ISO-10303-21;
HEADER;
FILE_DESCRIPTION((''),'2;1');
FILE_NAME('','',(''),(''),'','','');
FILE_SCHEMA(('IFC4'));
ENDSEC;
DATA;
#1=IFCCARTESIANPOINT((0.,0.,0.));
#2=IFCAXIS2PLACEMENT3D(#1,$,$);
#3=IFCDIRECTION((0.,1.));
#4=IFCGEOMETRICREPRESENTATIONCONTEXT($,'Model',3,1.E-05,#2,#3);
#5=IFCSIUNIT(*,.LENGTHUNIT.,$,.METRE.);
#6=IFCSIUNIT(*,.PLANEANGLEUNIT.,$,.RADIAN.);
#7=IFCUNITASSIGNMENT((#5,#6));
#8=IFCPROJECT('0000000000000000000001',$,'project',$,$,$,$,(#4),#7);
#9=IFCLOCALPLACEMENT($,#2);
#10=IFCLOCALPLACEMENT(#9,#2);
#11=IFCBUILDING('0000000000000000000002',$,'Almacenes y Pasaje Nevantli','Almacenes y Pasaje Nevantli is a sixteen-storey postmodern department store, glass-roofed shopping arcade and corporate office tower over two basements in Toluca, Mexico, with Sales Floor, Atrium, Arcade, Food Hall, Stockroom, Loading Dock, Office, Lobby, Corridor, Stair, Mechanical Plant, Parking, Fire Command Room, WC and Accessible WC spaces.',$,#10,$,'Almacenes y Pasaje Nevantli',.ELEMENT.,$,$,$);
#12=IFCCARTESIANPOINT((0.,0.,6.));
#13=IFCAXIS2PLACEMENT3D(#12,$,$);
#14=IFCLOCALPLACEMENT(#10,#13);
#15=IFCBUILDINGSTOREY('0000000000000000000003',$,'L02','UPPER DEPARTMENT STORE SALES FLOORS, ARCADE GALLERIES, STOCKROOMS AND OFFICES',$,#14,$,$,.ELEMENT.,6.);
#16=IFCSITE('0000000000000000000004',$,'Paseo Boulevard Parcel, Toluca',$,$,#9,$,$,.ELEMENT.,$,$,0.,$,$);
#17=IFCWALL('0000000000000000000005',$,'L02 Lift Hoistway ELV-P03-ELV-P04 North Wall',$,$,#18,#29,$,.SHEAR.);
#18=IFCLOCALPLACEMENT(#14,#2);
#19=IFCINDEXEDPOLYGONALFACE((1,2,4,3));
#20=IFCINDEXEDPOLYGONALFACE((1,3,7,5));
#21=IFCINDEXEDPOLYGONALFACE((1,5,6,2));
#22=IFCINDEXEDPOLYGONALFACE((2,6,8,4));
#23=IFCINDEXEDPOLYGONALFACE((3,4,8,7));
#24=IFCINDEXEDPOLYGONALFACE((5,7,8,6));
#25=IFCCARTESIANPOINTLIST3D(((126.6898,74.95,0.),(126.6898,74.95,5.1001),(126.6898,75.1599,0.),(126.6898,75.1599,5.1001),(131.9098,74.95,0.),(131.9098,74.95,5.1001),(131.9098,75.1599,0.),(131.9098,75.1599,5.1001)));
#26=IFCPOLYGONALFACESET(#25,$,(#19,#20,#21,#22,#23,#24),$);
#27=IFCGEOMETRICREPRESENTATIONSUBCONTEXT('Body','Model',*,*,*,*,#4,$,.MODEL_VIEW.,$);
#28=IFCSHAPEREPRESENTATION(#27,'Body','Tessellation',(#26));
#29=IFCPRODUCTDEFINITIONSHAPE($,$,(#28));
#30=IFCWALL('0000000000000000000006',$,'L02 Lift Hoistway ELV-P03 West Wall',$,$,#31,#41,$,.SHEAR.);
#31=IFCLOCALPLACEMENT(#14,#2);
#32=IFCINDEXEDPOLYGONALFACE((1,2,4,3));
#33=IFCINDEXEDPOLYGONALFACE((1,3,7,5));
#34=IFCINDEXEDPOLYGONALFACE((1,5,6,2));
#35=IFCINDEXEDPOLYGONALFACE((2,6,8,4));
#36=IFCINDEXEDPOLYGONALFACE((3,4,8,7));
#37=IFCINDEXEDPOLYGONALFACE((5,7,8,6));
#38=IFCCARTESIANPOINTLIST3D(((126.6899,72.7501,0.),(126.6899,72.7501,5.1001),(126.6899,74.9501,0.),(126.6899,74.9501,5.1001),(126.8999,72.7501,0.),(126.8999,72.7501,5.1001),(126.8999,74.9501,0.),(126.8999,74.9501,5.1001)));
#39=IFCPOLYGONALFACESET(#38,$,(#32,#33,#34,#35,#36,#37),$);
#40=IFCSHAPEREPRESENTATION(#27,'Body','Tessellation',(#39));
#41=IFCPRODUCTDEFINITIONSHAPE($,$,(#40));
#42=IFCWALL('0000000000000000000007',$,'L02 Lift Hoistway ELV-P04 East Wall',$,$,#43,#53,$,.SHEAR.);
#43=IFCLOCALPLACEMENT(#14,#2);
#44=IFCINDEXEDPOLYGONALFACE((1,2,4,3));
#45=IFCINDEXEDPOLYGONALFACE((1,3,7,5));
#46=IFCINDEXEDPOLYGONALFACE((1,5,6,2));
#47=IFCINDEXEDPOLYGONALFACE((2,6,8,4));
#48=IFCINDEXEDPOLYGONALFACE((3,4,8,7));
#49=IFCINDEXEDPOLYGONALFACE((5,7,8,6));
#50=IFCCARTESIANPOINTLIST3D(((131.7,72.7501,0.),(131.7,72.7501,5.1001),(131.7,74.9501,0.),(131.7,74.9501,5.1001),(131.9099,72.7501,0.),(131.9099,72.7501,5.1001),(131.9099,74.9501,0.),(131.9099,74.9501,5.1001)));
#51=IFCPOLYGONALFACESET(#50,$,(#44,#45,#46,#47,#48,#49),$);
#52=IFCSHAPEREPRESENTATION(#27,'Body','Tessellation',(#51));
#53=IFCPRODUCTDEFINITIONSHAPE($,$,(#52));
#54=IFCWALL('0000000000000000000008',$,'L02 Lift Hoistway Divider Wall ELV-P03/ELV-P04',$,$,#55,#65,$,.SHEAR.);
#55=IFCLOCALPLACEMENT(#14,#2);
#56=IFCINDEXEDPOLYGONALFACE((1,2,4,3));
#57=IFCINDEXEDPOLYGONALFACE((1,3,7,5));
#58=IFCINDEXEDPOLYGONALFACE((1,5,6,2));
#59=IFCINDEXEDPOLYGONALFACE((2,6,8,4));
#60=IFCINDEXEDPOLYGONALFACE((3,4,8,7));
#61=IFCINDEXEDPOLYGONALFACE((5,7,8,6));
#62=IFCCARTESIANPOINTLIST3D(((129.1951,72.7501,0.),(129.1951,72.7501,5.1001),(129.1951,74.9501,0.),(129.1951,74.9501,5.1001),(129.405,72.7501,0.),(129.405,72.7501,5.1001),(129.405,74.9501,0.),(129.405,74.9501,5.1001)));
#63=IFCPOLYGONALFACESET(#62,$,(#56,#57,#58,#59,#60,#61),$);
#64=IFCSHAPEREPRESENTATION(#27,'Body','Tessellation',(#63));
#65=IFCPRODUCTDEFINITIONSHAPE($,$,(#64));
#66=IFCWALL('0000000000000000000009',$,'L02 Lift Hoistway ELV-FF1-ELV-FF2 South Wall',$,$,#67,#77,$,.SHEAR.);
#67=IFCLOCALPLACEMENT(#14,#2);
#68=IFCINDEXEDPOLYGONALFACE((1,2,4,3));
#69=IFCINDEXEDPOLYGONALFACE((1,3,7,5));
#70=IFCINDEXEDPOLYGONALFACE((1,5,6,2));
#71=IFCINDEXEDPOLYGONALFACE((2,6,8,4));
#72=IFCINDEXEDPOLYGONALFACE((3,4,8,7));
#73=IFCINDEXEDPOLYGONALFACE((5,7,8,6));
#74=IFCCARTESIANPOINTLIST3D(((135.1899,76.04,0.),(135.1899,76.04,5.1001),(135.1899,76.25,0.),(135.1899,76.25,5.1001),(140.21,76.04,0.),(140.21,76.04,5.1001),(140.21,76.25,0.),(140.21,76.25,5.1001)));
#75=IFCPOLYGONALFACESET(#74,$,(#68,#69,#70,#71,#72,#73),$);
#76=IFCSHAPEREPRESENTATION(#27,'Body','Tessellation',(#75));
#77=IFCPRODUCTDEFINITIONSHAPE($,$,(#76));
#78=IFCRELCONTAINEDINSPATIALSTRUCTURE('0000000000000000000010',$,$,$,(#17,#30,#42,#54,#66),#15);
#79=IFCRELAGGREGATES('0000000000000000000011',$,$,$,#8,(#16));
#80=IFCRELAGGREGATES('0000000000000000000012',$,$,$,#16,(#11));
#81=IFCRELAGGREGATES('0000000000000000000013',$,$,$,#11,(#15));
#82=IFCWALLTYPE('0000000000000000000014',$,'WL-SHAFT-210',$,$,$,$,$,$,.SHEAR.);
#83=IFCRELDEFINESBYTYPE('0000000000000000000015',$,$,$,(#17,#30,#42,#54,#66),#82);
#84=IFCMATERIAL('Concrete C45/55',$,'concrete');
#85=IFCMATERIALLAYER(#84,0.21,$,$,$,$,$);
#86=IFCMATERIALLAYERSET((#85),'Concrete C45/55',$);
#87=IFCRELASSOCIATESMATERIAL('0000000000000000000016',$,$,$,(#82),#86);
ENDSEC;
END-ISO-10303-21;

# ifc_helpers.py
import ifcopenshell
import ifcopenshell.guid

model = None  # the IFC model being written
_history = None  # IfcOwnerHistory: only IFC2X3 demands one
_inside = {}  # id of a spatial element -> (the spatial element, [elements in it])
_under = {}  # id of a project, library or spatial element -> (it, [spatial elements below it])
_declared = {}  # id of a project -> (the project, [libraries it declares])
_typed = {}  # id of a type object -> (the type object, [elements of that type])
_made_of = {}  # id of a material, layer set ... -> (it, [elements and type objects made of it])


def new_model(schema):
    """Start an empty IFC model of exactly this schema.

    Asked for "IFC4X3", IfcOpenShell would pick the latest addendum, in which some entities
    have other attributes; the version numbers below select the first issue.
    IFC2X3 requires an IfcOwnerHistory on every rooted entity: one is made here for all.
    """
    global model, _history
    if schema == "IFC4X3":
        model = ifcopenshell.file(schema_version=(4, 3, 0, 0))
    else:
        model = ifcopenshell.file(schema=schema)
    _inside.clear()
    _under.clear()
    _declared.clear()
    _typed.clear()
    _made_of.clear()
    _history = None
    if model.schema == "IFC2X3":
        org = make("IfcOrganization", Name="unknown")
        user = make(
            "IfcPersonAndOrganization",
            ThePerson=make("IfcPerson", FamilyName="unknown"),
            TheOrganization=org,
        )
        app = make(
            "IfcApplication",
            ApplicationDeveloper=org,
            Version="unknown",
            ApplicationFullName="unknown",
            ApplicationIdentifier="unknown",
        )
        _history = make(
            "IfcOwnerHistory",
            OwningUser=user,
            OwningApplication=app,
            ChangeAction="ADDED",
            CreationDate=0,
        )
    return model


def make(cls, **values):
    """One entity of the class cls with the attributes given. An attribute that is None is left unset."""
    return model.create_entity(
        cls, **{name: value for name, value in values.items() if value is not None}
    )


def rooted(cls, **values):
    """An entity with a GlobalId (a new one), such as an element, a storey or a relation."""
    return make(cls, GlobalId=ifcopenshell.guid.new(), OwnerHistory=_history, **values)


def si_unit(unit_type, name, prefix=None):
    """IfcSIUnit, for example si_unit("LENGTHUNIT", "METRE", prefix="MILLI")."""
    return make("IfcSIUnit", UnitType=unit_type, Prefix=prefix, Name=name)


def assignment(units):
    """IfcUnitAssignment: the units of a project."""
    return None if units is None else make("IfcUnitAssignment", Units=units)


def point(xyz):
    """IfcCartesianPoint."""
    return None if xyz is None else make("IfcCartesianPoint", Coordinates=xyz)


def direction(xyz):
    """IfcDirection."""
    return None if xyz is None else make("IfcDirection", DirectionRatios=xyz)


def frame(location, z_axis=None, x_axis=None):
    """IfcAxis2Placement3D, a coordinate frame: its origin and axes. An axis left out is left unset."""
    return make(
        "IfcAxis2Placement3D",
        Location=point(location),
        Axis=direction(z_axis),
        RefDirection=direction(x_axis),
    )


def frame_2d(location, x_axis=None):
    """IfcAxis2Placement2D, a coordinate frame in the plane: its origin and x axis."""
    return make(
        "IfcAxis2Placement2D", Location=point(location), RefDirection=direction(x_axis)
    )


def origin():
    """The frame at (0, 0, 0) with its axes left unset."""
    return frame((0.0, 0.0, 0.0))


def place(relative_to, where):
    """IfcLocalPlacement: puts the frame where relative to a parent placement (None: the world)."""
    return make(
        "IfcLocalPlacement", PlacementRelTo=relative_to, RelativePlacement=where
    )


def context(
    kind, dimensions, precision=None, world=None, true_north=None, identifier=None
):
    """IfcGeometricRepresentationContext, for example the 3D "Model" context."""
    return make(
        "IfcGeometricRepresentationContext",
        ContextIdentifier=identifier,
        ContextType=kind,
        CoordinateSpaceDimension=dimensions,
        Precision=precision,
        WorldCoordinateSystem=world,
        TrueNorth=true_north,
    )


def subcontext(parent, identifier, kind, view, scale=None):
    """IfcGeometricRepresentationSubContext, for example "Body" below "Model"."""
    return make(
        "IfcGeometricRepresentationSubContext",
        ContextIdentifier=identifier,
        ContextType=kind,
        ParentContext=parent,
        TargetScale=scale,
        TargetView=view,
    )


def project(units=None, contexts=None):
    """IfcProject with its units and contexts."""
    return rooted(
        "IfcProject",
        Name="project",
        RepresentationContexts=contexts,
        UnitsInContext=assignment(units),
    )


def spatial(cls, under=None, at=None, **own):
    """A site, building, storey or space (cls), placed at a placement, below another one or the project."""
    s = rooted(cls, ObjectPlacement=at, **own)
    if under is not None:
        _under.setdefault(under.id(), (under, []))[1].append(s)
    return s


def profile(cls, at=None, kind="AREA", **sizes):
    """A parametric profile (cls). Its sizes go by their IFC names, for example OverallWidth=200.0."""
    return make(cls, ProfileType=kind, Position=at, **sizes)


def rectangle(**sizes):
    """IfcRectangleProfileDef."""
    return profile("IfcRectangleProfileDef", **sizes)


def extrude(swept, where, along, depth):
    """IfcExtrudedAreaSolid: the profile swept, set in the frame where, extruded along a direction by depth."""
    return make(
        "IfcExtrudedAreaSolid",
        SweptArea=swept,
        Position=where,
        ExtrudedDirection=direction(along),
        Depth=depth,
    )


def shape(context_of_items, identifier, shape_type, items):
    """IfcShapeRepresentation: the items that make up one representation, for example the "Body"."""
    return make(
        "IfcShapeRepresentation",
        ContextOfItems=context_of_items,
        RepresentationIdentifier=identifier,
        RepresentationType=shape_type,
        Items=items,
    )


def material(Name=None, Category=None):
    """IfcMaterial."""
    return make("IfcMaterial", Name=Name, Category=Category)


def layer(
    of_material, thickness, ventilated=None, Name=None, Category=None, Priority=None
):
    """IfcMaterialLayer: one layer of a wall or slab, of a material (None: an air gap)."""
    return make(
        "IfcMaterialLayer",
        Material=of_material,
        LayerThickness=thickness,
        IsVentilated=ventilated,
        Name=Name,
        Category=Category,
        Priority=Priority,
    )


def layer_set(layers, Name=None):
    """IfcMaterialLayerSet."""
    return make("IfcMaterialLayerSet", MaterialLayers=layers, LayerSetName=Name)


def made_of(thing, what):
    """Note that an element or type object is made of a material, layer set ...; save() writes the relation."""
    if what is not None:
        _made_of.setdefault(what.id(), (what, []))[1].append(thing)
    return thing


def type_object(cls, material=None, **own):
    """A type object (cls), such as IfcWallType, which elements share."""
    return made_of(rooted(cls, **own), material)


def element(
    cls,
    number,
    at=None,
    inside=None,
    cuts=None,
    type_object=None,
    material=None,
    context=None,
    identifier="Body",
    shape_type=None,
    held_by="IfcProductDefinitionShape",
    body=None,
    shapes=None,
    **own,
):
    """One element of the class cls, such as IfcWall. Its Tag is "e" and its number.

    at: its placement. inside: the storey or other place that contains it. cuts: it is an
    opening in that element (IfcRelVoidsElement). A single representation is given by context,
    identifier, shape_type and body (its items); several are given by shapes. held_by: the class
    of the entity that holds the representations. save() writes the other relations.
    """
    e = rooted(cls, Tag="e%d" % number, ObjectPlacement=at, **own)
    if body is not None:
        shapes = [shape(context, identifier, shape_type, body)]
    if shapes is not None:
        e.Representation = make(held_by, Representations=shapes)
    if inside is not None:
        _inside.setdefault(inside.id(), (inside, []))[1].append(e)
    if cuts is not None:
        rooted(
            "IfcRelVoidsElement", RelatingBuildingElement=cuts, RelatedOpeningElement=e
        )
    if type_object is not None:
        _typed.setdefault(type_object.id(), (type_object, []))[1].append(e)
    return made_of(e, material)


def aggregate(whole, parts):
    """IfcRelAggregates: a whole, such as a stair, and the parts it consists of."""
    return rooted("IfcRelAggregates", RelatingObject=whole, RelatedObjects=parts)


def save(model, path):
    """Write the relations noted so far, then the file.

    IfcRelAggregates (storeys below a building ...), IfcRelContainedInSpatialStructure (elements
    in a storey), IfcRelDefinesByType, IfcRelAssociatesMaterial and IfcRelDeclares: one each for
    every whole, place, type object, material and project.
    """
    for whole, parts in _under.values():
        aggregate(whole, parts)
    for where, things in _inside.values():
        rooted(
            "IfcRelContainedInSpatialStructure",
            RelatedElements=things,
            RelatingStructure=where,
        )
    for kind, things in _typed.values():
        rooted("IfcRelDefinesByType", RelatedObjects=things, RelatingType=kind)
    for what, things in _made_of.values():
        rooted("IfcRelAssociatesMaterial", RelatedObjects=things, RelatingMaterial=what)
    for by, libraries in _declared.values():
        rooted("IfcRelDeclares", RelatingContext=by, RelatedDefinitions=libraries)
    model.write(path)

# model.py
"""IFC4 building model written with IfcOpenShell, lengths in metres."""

from ifc_helpers import new_model, si_unit, direction, frame, frame_2d, origin, place, context, subcontext, project, spatial, rectangle, extrude, material, layer, layer_set, type_object, element, save


model = new_model("IFC4")

# Units and contexts
model_context = context("Model", 3, precision=1e-05, world=origin(), true_north=direction((0.0, 1.0)))
body_context = subcontext(model_context, "Body", "Model", "MODEL_VIEW")
ifc_project = project(units=[si_unit("LENGTHUNIT", "METRE"), si_unit("PLANEANGLEUNIT", "RADIAN")], contexts=[model_context])

# Site, building, storey
site_placement = place(None, origin())
site = spatial("IfcSite", under=ifc_project, at=site_placement, Name="Paseo Boulevard Parcel, Toluca", CompositionType="ELEMENT", RefElevation=0.0)
building_placement = place(site_placement, origin())
building = spatial("IfcBuilding", under=site, at=building_placement, Name="Almacenes y Pasaje Nevantli", Description="Almacenes y Pasaje Nevantli is a sixteen-storey postmodern department store, glass-roofed shopping arcade and corporate office tower over two basements in Toluca, Mexico, with Sales Floor, Atrium, Arcade, Food Hall, Stockroom, Loading Dock, Office, Lobby, Corridor, Stair, Mechanical Plant, Parking, Fire Command Room, WC and Accessible WC spaces.", LongName="Almacenes y Pasaje Nevantli", CompositionType="ELEMENT")
storey_placement = place(building_placement, frame((0.0, 0.0, 6.0)))
storey = spatial("IfcBuildingStorey", under=building, at=storey_placement, Name="L02", Description="UPPER DEPARTMENT STORE SALES FLOORS, ARCADE GALLERIES, STOCKROOMS AND OFFICES", CompositionType="ELEMENT", Elevation=6.0)

# Shared definitions
ifc_material_1 = material(Name="Concrete C45/55", Category="concrete")
ifc_layer_1 = layer(ifc_material_1, 0.21)
ifc_layer_set_1 = layer_set([ifc_layer_1], Name="Concrete C45/55")
wall_type_1 = type_object("IfcWallType", Name="WL-SHAFT-210", PredefinedType="SHEAR", material=ifc_layer_set_1)

# Walls
wall_1_placement = place(storey_placement, frame((126.6899, 75.0549, 0.0), z_axis=(0.0, 0.0, 1.0), x_axis=(1.0, 0.0, 0.0)))
element("IfcWall", 1, at=wall_1_placement, inside=storey, type_object=wall_type_1, Name="L02 Lift Hoistway ELV-P03-ELV-P04 North Wall", PredefinedType="SHEAR", context=body_context, shape_type="SweptSolid", body=[
    extrude(rectangle(XDim=5.22, YDim=0.21, at=frame_2d((2.6099, 0.0))), origin(), (0.0, 0.0, 1.0), 5.1001),
])
for number, where, z_axis, x_axis, name in (
    (2, (126.7949, 72.75, 0.0), (0.0, 0.0, 1.0), (0.0, 1.0, 0.0), "L02 Lift Hoistway ELV-P03 West Wall"),
    (3, (131.8049, 72.75, 0.0), (0.0, 0.0, 1.0), (0.0, 1.0, 0.0), "L02 Lift Hoistway ELV-P04 East Wall"),
    (4, (129.3, 72.75, 0.0), (0.0, 0.0, 1.0), (0.0, 1.0, 0.0), "L02 Lift Hoistway Divider Wall ELV-P03/ELV-P04"),
):
    element("IfcWall", number, at=place(storey_placement, frame(where, z_axis=z_axis, x_axis=x_axis)), inside=storey, type_object=wall_type_1, Name=name, PredefinedType="SHEAR", context=body_context, shape_type="SweptSolid", body=[
        extrude(rectangle(XDim=2.2, YDim=0.21, at=frame_2d((1.1001, 0.0))), origin(), (0.0, 0.0, 1.0), 5.1001),
    ])
wall_2_placement = place(storey_placement, frame((135.1899, 76.145, 0.0), z_axis=(0.0, 0.0, 1.0), x_axis=(1.0, 0.0, 0.0)))
element("IfcWall", 5, at=wall_2_placement, inside=storey, type_object=wall_type_1, Name="L02 Lift Hoistway ELV-FF1-ELV-FF2 South Wall", PredefinedType="SHEAR", context=body_context, shape_type="SweptSolid", body=[
    extrude(rectangle(XDim=5.02, YDim=0.21, at=frame_2d((2.51, 0.0))), origin(), (0.0, 0.0, 1.0), 5.1001),
])

save(model, "model.ifc")
